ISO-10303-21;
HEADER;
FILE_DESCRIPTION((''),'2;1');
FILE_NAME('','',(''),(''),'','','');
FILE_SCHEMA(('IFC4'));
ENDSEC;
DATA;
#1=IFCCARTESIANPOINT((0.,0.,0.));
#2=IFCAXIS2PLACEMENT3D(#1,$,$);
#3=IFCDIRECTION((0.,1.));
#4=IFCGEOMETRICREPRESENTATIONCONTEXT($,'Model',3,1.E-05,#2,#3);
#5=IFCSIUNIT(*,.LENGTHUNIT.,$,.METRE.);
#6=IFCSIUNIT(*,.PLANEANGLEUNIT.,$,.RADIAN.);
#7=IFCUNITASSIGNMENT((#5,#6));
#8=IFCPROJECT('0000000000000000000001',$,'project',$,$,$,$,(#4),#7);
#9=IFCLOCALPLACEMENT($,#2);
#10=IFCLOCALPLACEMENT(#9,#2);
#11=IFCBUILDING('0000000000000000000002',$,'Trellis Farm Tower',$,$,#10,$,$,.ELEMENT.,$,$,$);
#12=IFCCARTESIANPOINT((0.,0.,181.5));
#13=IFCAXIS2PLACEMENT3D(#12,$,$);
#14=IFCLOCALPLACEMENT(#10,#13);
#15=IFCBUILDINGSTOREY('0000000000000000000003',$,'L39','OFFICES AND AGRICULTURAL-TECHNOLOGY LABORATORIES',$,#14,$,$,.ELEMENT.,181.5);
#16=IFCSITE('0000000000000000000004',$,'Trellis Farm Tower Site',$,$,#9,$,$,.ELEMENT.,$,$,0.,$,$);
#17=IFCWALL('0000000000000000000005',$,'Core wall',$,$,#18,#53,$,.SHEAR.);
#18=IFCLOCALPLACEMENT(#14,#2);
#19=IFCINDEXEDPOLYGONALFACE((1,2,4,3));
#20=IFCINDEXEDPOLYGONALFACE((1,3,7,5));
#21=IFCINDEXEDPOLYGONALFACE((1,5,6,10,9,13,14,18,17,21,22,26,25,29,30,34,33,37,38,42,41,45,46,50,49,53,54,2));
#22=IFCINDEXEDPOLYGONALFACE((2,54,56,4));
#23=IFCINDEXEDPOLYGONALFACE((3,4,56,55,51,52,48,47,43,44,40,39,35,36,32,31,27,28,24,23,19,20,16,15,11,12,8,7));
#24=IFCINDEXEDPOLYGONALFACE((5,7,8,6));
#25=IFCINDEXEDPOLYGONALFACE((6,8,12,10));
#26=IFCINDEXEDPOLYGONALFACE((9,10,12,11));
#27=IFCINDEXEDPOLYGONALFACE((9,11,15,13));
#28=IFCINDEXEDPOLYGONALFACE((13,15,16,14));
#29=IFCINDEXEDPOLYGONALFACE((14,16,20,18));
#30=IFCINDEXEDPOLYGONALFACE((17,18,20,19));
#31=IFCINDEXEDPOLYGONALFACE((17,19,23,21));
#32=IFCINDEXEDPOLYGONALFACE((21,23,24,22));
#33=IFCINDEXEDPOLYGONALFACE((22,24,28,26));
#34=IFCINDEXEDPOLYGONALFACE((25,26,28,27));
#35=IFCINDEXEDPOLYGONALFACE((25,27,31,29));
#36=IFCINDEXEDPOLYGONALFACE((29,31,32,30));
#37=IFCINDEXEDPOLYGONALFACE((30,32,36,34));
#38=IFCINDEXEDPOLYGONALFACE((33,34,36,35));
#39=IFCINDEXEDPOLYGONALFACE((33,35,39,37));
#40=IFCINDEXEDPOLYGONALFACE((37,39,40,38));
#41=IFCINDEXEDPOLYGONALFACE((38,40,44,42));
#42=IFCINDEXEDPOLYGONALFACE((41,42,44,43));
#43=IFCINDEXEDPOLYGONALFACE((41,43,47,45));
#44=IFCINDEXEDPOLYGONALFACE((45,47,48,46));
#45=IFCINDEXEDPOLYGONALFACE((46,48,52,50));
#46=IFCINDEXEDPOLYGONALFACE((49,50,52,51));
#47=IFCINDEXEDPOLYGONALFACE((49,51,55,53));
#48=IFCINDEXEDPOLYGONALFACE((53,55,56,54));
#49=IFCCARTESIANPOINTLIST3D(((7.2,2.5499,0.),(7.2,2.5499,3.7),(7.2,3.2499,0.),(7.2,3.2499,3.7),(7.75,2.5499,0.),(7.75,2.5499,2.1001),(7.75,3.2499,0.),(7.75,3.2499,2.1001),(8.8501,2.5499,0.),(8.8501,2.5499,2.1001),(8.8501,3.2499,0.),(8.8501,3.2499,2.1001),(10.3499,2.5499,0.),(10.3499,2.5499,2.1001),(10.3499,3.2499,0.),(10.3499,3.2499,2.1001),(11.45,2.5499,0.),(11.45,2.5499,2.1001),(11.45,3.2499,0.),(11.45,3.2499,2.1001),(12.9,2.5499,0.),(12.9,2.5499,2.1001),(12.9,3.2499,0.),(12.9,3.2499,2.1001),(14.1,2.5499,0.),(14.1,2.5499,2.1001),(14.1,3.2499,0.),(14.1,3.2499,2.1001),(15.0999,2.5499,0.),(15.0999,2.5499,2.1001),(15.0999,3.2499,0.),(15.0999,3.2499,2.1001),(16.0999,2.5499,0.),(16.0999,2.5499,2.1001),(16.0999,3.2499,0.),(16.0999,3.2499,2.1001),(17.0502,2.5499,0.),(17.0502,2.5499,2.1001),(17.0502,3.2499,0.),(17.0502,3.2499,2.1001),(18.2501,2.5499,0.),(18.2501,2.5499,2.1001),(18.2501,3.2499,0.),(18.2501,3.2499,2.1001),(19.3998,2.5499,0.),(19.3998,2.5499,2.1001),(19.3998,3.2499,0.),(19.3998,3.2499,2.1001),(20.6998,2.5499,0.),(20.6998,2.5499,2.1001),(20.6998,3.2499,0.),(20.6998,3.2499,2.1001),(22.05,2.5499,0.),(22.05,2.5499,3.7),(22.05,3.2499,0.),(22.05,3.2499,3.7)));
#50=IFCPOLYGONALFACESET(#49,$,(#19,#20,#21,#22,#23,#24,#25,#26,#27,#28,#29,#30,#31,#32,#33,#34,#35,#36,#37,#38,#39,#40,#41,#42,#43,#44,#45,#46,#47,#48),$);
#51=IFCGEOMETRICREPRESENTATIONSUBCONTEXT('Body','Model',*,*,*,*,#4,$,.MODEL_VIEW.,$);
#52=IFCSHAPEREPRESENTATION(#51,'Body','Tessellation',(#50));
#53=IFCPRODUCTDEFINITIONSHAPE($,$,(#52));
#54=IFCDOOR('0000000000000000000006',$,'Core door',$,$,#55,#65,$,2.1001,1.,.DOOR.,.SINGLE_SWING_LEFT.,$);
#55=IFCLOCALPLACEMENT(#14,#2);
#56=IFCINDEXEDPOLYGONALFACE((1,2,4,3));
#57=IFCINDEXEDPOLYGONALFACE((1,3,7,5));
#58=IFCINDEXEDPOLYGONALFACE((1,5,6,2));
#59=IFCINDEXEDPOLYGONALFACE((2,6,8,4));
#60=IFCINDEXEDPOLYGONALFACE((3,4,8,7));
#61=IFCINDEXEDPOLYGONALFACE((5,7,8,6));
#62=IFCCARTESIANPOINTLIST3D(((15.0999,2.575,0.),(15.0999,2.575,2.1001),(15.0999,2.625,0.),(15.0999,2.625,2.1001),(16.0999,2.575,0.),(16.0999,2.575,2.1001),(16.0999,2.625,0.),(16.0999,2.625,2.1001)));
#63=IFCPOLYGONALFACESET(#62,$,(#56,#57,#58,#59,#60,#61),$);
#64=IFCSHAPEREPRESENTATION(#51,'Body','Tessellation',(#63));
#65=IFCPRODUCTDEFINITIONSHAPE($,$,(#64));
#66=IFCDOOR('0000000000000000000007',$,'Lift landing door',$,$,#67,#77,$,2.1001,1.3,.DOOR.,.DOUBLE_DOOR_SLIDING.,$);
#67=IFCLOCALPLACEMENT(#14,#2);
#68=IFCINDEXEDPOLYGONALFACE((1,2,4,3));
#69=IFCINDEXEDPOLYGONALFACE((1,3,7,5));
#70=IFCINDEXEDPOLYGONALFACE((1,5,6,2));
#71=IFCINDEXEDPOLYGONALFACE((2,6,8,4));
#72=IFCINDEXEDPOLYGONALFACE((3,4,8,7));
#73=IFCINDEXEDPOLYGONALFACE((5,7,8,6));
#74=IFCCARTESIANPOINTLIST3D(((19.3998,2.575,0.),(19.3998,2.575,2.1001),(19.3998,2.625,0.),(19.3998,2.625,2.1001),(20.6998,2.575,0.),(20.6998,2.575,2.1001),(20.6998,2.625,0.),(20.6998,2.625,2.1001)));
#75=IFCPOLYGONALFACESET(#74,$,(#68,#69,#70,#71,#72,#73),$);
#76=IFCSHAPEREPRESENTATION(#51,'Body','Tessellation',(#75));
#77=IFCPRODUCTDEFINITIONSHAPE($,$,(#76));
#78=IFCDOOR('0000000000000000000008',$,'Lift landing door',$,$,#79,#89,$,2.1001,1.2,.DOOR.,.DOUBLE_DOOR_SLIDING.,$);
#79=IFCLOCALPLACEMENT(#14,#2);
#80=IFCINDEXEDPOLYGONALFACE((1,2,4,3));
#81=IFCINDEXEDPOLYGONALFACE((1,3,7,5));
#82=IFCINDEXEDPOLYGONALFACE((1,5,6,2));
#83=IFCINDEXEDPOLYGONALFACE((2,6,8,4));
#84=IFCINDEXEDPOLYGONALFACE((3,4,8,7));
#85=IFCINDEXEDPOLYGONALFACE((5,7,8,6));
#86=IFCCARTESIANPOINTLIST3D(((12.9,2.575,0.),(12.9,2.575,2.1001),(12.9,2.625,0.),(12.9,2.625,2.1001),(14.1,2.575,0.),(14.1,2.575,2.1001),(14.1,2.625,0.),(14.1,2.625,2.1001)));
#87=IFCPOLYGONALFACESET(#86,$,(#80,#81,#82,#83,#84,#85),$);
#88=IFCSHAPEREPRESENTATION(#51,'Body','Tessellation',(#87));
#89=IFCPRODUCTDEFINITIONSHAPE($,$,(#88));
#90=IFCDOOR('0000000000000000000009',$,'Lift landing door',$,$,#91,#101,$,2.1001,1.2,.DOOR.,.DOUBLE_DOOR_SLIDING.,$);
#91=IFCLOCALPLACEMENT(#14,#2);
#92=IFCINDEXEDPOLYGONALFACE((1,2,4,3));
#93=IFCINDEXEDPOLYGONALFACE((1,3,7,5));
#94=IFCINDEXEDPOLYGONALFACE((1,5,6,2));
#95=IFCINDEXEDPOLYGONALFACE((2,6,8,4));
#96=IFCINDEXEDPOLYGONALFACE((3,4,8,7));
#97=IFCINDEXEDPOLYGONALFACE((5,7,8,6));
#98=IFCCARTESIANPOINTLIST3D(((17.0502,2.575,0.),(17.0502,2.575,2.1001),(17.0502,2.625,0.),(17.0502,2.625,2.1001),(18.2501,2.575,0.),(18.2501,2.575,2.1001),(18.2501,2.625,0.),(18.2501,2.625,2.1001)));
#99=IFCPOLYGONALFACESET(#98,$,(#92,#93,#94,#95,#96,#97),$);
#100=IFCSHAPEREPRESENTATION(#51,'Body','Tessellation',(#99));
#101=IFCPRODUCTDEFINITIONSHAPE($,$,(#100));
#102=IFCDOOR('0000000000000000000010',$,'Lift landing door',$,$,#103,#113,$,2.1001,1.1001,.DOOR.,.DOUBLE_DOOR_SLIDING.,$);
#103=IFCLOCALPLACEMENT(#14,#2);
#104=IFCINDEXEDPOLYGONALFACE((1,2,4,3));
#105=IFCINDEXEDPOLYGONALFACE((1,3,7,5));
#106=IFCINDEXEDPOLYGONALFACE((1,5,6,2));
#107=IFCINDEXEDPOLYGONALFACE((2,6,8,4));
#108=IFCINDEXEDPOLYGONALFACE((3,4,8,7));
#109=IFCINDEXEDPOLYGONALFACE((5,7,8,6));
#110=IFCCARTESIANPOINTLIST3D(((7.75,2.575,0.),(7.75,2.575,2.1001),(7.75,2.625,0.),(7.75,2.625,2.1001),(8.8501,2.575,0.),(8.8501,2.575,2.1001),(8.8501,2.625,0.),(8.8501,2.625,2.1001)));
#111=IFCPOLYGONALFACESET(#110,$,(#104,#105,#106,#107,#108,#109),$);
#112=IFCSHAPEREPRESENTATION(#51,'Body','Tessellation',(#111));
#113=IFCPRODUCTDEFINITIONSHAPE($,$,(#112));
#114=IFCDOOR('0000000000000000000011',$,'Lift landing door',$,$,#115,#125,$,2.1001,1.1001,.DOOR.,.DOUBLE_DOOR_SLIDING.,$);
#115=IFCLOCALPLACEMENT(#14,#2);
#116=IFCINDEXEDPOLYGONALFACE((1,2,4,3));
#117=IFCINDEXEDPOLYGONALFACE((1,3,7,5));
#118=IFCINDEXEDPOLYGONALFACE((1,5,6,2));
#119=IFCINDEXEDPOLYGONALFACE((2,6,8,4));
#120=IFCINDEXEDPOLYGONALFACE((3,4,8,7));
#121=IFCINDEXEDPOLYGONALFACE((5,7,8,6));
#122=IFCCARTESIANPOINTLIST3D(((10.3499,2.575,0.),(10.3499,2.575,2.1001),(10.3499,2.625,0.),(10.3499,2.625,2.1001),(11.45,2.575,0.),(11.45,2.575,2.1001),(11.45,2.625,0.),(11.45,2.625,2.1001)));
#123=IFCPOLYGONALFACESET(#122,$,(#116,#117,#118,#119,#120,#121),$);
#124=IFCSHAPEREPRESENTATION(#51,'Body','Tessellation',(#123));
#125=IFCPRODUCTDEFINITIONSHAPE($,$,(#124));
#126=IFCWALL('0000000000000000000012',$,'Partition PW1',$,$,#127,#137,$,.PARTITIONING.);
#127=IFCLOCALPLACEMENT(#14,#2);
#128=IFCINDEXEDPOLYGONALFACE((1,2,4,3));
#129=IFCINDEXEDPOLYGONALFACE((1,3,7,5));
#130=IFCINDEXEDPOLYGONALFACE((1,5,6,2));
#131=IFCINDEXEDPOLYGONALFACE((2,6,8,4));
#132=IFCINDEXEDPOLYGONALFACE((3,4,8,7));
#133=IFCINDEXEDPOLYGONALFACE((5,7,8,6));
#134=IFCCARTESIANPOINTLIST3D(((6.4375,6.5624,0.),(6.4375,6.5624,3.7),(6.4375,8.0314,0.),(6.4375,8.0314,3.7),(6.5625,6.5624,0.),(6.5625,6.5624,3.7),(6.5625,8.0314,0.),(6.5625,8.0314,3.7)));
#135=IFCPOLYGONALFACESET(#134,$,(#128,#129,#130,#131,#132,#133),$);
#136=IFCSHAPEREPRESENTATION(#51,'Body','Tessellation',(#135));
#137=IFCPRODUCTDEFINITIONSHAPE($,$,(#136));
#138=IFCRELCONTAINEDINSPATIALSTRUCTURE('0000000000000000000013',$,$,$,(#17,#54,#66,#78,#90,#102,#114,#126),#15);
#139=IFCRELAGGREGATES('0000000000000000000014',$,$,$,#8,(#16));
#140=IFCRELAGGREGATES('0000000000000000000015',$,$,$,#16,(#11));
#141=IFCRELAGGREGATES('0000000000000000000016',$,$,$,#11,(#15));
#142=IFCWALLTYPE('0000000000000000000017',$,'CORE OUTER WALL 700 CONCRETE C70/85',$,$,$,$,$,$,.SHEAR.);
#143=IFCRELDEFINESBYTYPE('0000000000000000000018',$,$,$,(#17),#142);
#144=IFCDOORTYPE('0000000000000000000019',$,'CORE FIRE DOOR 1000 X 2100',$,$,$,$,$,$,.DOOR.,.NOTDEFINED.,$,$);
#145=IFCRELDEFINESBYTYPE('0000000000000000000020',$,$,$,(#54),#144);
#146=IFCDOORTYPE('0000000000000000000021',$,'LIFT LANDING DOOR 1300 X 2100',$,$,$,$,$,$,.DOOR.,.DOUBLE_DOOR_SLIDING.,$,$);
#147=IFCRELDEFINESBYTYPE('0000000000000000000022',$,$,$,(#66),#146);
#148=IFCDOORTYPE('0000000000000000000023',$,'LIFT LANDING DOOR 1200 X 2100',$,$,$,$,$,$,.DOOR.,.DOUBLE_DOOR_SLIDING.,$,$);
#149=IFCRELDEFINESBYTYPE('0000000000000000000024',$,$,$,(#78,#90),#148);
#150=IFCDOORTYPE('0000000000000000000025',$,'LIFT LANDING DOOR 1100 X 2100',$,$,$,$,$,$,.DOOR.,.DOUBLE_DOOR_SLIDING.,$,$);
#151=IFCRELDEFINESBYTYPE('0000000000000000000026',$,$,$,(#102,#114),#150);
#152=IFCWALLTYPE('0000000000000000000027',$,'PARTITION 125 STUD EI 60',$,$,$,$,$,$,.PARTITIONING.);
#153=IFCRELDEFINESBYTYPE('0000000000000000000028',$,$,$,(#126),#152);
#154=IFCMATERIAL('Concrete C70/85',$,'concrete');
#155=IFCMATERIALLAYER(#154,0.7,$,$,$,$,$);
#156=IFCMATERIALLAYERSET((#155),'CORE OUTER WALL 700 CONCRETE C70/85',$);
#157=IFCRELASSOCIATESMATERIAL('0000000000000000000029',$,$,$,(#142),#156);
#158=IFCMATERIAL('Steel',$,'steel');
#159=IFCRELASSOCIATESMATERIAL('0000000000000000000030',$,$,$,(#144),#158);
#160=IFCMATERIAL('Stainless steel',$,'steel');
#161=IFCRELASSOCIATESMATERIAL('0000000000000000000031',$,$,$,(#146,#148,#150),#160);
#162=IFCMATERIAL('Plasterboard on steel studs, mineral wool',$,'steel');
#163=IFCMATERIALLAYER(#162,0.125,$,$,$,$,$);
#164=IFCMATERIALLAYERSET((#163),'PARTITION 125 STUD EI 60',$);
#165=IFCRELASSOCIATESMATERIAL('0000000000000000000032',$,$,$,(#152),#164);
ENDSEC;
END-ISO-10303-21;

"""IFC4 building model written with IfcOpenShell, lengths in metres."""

from ifc_helpers import new_model, si_unit, direction, frame, frame_2d, origin, place, context, subcontext, project, spatial, rectangle, extrude, source, transform, mapped, material, layer, layer_set, type_object, element, fill, save


model = new_model("IFC4")

# Units and contexts
model_context = context("Model", 3, precision=1e-05, world=origin(), true_north=direction((0.0, 1.0)))
body_context = subcontext(model_context, "Body", "Model", "MODEL_VIEW")
ifc_project = project(units=[si_unit("LENGTHUNIT", "METRE"), si_unit("PLANEANGLEUNIT", "RADIAN")], contexts=[model_context])

# Site, building, storey
site_placement = place(None, origin())
site = spatial("IfcSite", under=ifc_project, at=site_placement, Name="Trellis Farm Tower Site", CompositionType="ELEMENT", RefElevation=0.0)
building_placement = place(site_placement, origin())
building = spatial("IfcBuilding", under=site, at=building_placement, Name="Trellis Farm Tower", CompositionType="ELEMENT")
storey_placement = place(building_placement, frame((0.0, 0.0, 181.5)))
storey = spatial("IfcBuildingStorey", under=building, at=storey_placement, Name="L39", Description="OFFICES AND AGRICULTURAL-TECHNOLOGY LABORATORIES", CompositionType="ELEMENT", Elevation=181.5)

# Shared definitions
ifc_material_1 = material(Name="Concrete C70/85", Category="concrete")

# Wall, openings, doors
ifc_layer_1 = layer(ifc_material_1, 0.7)
ifc_layer_set_1 = layer_set([ifc_layer_1], Name="CORE OUTER WALL 700 CONCRETE C70/85")
wall_type_1 = type_object("IfcWallType", Name="CORE OUTER WALL 700 CONCRETE C70/85", PredefinedType="SHEAR", material=ifc_layer_set_1)
shared_shape_1 = source(origin(), body_context, "Body", "SweptSolid", [
    extrude(rectangle(XDim=14.8501, YDim=0.7, at=frame_2d((7.425, 0.0))), origin(), (0.0, 0.0, 1.0), 3.7),
])
wall_1_placement = place(storey_placement, frame((7.2, 2.8999, 0.0), z_axis=(0.0, 0.0, 1.0), x_axis=(1.0, 0.0, 0.0)))
wall_1 = element("IfcWall", 1, at=wall_1_placement, inside=storey, type_object=wall_type_1, Name="Core wall", PredefinedType="SHEAR", context=body_context, shape_type="MappedRepresentation", body=[
    mapped(shared_shape_1, transform((0.0, 0.0, 0.0))),
])
shared_shape_2 = source(origin(), body_context, "Body", "SweptSolid", [
    extrude(rectangle(XDim=1.1001, YDim=2.1001, at=frame_2d((0.55, 1.05))), frame((0.0, 0.3601, 0.0), z_axis=(0.0, -1.0, 0.0), x_axis=(1.0, 0.0, 0.0)), (0.0, 0.0, 1.0), 0.7202),
])
opening_1_placement = place(wall_1_placement, frame((0.55, 0.0, 0.0)))
opening_1 = element("IfcOpeningElement", 2, at=opening_1_placement, cuts=wall_1, PredefinedType="OPENING", context=body_context, shape_type="MappedRepresentation", body=[
    mapped(shared_shape_2, transform((0.0, 0.0, 0.0))),
])
opening_2_placement = place(wall_1_placement, frame((3.1499, 0.0, 0.0)))
opening_2 = element("IfcOpeningElement", 3, at=opening_2_placement, cuts=wall_1, PredefinedType="OPENING", context=body_context, shape_type="MappedRepresentation", body=[
    mapped(shared_shape_2, transform((0.0, 0.0, 0.0))),
])
shared_shape_3 = source(origin(), body_context, "Body", "SweptSolid", [
    extrude(rectangle(XDim=1.2, YDim=2.1001, at=frame_2d((0.6001, 1.05))), frame((0.0, 0.3601, 0.0), z_axis=(0.0, -1.0, 0.0), x_axis=(1.0, 0.0, 0.0)), (0.0, 0.0, 1.0), 0.7202),
])
opening_3_placement = place(wall_1_placement, frame((5.7, 0.0, 0.0)))
opening_3 = element("IfcOpeningElement", 4, at=opening_3_placement, cuts=wall_1, PredefinedType="OPENING", context=body_context, shape_type="MappedRepresentation", body=[
    mapped(shared_shape_3, transform((0.0, 0.0, 0.0))),
])
shared_shape_4 = source(origin(), body_context, "Body", "SweptSolid", [
    extrude(rectangle(XDim=1.3, YDim=2.1001, at=frame_2d((0.6499, 1.05))), frame((0.0, 0.3601, 0.0), z_axis=(0.0, -1.0, 0.0), x_axis=(1.0, 0.0, 0.0)), (0.0, 0.0, 1.0), 0.7202),
])
opening_4_placement = place(wall_1_placement, frame((12.2, 0.0, 0.0)))
opening_4 = element("IfcOpeningElement", 5, at=opening_4_placement, cuts=wall_1, PredefinedType="OPENING", context=body_context, shape_type="MappedRepresentation", body=[
    mapped(shared_shape_4, transform((0.0, 0.0, 0.0))),
])
opening_5_placement = place(wall_1_placement, frame((9.8501, 0.0, 0.0)))
opening_5 = element("IfcOpeningElement", 6, at=opening_5_placement, cuts=wall_1, PredefinedType="OPENING", context=body_context, shape_type="MappedRepresentation", body=[
    mapped(shared_shape_3, transform((0.0, 0.0, 0.0))),
])
shared_shape_5 = source(origin(), body_context, "Body", "SweptSolid", [
    extrude(rectangle(XDim=1.0, YDim=2.1001, at=frame_2d((0.5, 1.05))), frame((0.0, 0.3601, 0.0), z_axis=(0.0, -1.0, 0.0), x_axis=(1.0, 0.0, 0.0)), (0.0, 0.0, 1.0), 0.7202),
])
opening_6_placement = place(wall_1_placement, frame((7.8999, 0.0, 0.0)))
opening_6 = element("IfcOpeningElement", 7, at=opening_6_placement, cuts=wall_1, PredefinedType="OPENING", context=body_context, shape_type="MappedRepresentation", body=[
    mapped(shared_shape_5, transform((0.0, 0.0, 0.0))),
])
ifc_material_2 = material(Name="Steel", Category="steel")
door_type_1 = type_object("IfcDoorType", Name="CORE FIRE DOOR 1000 X 2100", OperationType="NOTDEFINED", PredefinedType="DOOR", material=ifc_material_2)
shared_shape_6 = source(origin(), body_context, "Body", "SweptSolid", [
    extrude(rectangle(XDim=1.0, YDim=2.1001, at=frame_2d((0.5, 1.05))), frame((0.0, -0.2749, 0.0), z_axis=(0.0, -1.0, 0.0), x_axis=(1.0, 0.0, 0.0)), (0.0, 0.0, 1.0), 0.05),
])
door_1_placement = place(opening_6_placement, origin())
door_1 = element("IfcDoor", 8, at=door_1_placement, inside=storey, type_object=door_type_1, Name="Core door", OperationType="SINGLE_SWING_LEFT", OverallHeight=2.1001, OverallWidth=1.0, PredefinedType="DOOR", context=body_context, shape_type="MappedRepresentation", body=[
    mapped(shared_shape_6, transform((0.0, 0.0, 0.0))),
])
fill(opening_6, door_1)
ifc_material_3 = material(Name="Stainless steel", Category="steel")
door_type_2 = type_object("IfcDoorType", Name="LIFT LANDING DOOR 1300 X 2100", OperationType="DOUBLE_DOOR_SLIDING", PredefinedType="DOOR", material=ifc_material_3)
shared_shape_7 = source(origin(), body_context, "Body", "SweptSolid", [
    extrude(rectangle(XDim=1.3, YDim=2.1001, at=frame_2d((0.6499, 1.05))), frame((0.0, -0.2749, 0.0), z_axis=(0.0, -1.0, 0.0), x_axis=(1.0, 0.0, 0.0)), (0.0, 0.0, 1.0), 0.05),
])
door_2_placement = place(opening_4_placement, origin())
door_2 = element("IfcDoor", 9, at=door_2_placement, inside=storey, type_object=door_type_2, Name="Lift landing door", OperationType="DOUBLE_DOOR_SLIDING", OverallHeight=2.1001, OverallWidth=1.3, PredefinedType="DOOR", context=body_context, shape_type="MappedRepresentation", body=[
    mapped(shared_shape_7, transform((0.0, 0.0, 0.0))),
])
fill(opening_4, door_2)
door_type_3 = type_object("IfcDoorType", Name="LIFT LANDING DOOR 1200 X 2100", OperationType="DOUBLE_DOOR_SLIDING", PredefinedType="DOOR", material=ifc_material_3)
shared_shape_8 = source(origin(), body_context, "Body", "SweptSolid", [
    extrude(rectangle(XDim=1.2, YDim=2.1001, at=frame_2d((0.6001, 1.05))), frame((0.0, -0.2749, 0.0), z_axis=(0.0, -1.0, 0.0), x_axis=(1.0, 0.0, 0.0)), (0.0, 0.0, 1.0), 0.05),
])
door_3_placement = place(opening_3_placement, origin())
door_3 = element("IfcDoor", 10, at=door_3_placement, inside=storey, type_object=door_type_3, Name="Lift landing door", OperationType="DOUBLE_DOOR_SLIDING", OverallHeight=2.1001, OverallWidth=1.2, PredefinedType="DOOR", context=body_context, shape_type="MappedRepresentation", body=[
    mapped(shared_shape_8, transform((0.0, 0.0, 0.0))),
])
fill(opening_3, door_3)
door_4_placement = place(opening_5_placement, origin())
door_4 = element("IfcDoor", 11, at=door_4_placement, inside=storey, type_object=door_type_3, Name="Lift landing door", OperationType="DOUBLE_DOOR_SLIDING", OverallHeight=2.1001, OverallWidth=1.2, PredefinedType="DOOR", context=body_context, shape_type="MappedRepresentation", body=[
    mapped(shared_shape_8, transform((0.0, 0.0, 0.0))),
])
fill(opening_5, door_4)
door_type_4 = type_object("IfcDoorType", Name="LIFT LANDING DOOR 1100 X 2100", OperationType="DOUBLE_DOOR_SLIDING", PredefinedType="DOOR", material=ifc_material_3)
shared_shape_9 = source(origin(), body_context, "Body", "SweptSolid", [
    extrude(rectangle(XDim=1.1001, YDim=2.1001, at=frame_2d((0.55, 1.05))), frame((0.0, -0.2749, 0.0), z_axis=(0.0, -1.0, 0.0), x_axis=(1.0, 0.0, 0.0)), (0.0, 0.0, 1.0), 0.05),
])
door_5_placement = place(opening_1_placement, origin())
door_5 = element("IfcDoor", 12, at=door_5_placement, inside=storey, type_object=door_type_4, Name="Lift landing door", OperationType="DOUBLE_DOOR_SLIDING", OverallHeight=2.1001, OverallWidth=1.1001, PredefinedType="DOOR", context=body_context, shape_type="MappedRepresentation", body=[
    mapped(shared_shape_9, transform((0.0, 0.0, 0.0))),
])
fill(opening_1, door_5)
door_6_placement = place(opening_2_placement, origin())
door_6 = element("IfcDoor", 13, at=door_6_placement, inside=storey, type_object=door_type_4, Name="Lift landing door", OperationType="DOUBLE_DOOR_SLIDING", OverallHeight=2.1001, OverallWidth=1.1001, PredefinedType="DOOR", context=body_context, shape_type="MappedRepresentation", body=[
    mapped(shared_shape_9, transform((0.0, 0.0, 0.0))),
])
fill(opening_2, door_6)

# Wall
ifc_material_4 = material(Name="Plasterboard on steel studs, mineral wool", Category="steel")
ifc_layer_2 = layer(ifc_material_4, 0.125)
ifc_layer_set_2 = layer_set([ifc_layer_2], Name="PARTITION 125 STUD EI 60")
wall_type_2 = type_object("IfcWallType", Name="PARTITION 125 STUD EI 60", PredefinedType="PARTITIONING", material=ifc_layer_set_2)
shared_shape_10 = source(origin(), body_context, "Body", "SweptSolid", [
    extrude(rectangle(XDim=1.469, YDim=0.125, at=frame_2d((0.7344, 0.0))), origin(), (0.0, 0.0, 1.0), 3.7),
])
wall_2_placement = place(storey_placement, frame((6.5, 6.5625, 0.0), z_axis=(0.0, 0.0, 1.0), x_axis=(0.0, 1.0, 0.0)))
element("IfcWall", 14, at=wall_2_placement, inside=storey, type_object=wall_type_2, Name="Partition PW1", PredefinedType="PARTITIONING", context=body_context, shape_type="MappedRepresentation", body=[
    mapped(shared_shape_10, transform((0.0, 0.0, 0.0))),
])

save(model, "model.ifc")
